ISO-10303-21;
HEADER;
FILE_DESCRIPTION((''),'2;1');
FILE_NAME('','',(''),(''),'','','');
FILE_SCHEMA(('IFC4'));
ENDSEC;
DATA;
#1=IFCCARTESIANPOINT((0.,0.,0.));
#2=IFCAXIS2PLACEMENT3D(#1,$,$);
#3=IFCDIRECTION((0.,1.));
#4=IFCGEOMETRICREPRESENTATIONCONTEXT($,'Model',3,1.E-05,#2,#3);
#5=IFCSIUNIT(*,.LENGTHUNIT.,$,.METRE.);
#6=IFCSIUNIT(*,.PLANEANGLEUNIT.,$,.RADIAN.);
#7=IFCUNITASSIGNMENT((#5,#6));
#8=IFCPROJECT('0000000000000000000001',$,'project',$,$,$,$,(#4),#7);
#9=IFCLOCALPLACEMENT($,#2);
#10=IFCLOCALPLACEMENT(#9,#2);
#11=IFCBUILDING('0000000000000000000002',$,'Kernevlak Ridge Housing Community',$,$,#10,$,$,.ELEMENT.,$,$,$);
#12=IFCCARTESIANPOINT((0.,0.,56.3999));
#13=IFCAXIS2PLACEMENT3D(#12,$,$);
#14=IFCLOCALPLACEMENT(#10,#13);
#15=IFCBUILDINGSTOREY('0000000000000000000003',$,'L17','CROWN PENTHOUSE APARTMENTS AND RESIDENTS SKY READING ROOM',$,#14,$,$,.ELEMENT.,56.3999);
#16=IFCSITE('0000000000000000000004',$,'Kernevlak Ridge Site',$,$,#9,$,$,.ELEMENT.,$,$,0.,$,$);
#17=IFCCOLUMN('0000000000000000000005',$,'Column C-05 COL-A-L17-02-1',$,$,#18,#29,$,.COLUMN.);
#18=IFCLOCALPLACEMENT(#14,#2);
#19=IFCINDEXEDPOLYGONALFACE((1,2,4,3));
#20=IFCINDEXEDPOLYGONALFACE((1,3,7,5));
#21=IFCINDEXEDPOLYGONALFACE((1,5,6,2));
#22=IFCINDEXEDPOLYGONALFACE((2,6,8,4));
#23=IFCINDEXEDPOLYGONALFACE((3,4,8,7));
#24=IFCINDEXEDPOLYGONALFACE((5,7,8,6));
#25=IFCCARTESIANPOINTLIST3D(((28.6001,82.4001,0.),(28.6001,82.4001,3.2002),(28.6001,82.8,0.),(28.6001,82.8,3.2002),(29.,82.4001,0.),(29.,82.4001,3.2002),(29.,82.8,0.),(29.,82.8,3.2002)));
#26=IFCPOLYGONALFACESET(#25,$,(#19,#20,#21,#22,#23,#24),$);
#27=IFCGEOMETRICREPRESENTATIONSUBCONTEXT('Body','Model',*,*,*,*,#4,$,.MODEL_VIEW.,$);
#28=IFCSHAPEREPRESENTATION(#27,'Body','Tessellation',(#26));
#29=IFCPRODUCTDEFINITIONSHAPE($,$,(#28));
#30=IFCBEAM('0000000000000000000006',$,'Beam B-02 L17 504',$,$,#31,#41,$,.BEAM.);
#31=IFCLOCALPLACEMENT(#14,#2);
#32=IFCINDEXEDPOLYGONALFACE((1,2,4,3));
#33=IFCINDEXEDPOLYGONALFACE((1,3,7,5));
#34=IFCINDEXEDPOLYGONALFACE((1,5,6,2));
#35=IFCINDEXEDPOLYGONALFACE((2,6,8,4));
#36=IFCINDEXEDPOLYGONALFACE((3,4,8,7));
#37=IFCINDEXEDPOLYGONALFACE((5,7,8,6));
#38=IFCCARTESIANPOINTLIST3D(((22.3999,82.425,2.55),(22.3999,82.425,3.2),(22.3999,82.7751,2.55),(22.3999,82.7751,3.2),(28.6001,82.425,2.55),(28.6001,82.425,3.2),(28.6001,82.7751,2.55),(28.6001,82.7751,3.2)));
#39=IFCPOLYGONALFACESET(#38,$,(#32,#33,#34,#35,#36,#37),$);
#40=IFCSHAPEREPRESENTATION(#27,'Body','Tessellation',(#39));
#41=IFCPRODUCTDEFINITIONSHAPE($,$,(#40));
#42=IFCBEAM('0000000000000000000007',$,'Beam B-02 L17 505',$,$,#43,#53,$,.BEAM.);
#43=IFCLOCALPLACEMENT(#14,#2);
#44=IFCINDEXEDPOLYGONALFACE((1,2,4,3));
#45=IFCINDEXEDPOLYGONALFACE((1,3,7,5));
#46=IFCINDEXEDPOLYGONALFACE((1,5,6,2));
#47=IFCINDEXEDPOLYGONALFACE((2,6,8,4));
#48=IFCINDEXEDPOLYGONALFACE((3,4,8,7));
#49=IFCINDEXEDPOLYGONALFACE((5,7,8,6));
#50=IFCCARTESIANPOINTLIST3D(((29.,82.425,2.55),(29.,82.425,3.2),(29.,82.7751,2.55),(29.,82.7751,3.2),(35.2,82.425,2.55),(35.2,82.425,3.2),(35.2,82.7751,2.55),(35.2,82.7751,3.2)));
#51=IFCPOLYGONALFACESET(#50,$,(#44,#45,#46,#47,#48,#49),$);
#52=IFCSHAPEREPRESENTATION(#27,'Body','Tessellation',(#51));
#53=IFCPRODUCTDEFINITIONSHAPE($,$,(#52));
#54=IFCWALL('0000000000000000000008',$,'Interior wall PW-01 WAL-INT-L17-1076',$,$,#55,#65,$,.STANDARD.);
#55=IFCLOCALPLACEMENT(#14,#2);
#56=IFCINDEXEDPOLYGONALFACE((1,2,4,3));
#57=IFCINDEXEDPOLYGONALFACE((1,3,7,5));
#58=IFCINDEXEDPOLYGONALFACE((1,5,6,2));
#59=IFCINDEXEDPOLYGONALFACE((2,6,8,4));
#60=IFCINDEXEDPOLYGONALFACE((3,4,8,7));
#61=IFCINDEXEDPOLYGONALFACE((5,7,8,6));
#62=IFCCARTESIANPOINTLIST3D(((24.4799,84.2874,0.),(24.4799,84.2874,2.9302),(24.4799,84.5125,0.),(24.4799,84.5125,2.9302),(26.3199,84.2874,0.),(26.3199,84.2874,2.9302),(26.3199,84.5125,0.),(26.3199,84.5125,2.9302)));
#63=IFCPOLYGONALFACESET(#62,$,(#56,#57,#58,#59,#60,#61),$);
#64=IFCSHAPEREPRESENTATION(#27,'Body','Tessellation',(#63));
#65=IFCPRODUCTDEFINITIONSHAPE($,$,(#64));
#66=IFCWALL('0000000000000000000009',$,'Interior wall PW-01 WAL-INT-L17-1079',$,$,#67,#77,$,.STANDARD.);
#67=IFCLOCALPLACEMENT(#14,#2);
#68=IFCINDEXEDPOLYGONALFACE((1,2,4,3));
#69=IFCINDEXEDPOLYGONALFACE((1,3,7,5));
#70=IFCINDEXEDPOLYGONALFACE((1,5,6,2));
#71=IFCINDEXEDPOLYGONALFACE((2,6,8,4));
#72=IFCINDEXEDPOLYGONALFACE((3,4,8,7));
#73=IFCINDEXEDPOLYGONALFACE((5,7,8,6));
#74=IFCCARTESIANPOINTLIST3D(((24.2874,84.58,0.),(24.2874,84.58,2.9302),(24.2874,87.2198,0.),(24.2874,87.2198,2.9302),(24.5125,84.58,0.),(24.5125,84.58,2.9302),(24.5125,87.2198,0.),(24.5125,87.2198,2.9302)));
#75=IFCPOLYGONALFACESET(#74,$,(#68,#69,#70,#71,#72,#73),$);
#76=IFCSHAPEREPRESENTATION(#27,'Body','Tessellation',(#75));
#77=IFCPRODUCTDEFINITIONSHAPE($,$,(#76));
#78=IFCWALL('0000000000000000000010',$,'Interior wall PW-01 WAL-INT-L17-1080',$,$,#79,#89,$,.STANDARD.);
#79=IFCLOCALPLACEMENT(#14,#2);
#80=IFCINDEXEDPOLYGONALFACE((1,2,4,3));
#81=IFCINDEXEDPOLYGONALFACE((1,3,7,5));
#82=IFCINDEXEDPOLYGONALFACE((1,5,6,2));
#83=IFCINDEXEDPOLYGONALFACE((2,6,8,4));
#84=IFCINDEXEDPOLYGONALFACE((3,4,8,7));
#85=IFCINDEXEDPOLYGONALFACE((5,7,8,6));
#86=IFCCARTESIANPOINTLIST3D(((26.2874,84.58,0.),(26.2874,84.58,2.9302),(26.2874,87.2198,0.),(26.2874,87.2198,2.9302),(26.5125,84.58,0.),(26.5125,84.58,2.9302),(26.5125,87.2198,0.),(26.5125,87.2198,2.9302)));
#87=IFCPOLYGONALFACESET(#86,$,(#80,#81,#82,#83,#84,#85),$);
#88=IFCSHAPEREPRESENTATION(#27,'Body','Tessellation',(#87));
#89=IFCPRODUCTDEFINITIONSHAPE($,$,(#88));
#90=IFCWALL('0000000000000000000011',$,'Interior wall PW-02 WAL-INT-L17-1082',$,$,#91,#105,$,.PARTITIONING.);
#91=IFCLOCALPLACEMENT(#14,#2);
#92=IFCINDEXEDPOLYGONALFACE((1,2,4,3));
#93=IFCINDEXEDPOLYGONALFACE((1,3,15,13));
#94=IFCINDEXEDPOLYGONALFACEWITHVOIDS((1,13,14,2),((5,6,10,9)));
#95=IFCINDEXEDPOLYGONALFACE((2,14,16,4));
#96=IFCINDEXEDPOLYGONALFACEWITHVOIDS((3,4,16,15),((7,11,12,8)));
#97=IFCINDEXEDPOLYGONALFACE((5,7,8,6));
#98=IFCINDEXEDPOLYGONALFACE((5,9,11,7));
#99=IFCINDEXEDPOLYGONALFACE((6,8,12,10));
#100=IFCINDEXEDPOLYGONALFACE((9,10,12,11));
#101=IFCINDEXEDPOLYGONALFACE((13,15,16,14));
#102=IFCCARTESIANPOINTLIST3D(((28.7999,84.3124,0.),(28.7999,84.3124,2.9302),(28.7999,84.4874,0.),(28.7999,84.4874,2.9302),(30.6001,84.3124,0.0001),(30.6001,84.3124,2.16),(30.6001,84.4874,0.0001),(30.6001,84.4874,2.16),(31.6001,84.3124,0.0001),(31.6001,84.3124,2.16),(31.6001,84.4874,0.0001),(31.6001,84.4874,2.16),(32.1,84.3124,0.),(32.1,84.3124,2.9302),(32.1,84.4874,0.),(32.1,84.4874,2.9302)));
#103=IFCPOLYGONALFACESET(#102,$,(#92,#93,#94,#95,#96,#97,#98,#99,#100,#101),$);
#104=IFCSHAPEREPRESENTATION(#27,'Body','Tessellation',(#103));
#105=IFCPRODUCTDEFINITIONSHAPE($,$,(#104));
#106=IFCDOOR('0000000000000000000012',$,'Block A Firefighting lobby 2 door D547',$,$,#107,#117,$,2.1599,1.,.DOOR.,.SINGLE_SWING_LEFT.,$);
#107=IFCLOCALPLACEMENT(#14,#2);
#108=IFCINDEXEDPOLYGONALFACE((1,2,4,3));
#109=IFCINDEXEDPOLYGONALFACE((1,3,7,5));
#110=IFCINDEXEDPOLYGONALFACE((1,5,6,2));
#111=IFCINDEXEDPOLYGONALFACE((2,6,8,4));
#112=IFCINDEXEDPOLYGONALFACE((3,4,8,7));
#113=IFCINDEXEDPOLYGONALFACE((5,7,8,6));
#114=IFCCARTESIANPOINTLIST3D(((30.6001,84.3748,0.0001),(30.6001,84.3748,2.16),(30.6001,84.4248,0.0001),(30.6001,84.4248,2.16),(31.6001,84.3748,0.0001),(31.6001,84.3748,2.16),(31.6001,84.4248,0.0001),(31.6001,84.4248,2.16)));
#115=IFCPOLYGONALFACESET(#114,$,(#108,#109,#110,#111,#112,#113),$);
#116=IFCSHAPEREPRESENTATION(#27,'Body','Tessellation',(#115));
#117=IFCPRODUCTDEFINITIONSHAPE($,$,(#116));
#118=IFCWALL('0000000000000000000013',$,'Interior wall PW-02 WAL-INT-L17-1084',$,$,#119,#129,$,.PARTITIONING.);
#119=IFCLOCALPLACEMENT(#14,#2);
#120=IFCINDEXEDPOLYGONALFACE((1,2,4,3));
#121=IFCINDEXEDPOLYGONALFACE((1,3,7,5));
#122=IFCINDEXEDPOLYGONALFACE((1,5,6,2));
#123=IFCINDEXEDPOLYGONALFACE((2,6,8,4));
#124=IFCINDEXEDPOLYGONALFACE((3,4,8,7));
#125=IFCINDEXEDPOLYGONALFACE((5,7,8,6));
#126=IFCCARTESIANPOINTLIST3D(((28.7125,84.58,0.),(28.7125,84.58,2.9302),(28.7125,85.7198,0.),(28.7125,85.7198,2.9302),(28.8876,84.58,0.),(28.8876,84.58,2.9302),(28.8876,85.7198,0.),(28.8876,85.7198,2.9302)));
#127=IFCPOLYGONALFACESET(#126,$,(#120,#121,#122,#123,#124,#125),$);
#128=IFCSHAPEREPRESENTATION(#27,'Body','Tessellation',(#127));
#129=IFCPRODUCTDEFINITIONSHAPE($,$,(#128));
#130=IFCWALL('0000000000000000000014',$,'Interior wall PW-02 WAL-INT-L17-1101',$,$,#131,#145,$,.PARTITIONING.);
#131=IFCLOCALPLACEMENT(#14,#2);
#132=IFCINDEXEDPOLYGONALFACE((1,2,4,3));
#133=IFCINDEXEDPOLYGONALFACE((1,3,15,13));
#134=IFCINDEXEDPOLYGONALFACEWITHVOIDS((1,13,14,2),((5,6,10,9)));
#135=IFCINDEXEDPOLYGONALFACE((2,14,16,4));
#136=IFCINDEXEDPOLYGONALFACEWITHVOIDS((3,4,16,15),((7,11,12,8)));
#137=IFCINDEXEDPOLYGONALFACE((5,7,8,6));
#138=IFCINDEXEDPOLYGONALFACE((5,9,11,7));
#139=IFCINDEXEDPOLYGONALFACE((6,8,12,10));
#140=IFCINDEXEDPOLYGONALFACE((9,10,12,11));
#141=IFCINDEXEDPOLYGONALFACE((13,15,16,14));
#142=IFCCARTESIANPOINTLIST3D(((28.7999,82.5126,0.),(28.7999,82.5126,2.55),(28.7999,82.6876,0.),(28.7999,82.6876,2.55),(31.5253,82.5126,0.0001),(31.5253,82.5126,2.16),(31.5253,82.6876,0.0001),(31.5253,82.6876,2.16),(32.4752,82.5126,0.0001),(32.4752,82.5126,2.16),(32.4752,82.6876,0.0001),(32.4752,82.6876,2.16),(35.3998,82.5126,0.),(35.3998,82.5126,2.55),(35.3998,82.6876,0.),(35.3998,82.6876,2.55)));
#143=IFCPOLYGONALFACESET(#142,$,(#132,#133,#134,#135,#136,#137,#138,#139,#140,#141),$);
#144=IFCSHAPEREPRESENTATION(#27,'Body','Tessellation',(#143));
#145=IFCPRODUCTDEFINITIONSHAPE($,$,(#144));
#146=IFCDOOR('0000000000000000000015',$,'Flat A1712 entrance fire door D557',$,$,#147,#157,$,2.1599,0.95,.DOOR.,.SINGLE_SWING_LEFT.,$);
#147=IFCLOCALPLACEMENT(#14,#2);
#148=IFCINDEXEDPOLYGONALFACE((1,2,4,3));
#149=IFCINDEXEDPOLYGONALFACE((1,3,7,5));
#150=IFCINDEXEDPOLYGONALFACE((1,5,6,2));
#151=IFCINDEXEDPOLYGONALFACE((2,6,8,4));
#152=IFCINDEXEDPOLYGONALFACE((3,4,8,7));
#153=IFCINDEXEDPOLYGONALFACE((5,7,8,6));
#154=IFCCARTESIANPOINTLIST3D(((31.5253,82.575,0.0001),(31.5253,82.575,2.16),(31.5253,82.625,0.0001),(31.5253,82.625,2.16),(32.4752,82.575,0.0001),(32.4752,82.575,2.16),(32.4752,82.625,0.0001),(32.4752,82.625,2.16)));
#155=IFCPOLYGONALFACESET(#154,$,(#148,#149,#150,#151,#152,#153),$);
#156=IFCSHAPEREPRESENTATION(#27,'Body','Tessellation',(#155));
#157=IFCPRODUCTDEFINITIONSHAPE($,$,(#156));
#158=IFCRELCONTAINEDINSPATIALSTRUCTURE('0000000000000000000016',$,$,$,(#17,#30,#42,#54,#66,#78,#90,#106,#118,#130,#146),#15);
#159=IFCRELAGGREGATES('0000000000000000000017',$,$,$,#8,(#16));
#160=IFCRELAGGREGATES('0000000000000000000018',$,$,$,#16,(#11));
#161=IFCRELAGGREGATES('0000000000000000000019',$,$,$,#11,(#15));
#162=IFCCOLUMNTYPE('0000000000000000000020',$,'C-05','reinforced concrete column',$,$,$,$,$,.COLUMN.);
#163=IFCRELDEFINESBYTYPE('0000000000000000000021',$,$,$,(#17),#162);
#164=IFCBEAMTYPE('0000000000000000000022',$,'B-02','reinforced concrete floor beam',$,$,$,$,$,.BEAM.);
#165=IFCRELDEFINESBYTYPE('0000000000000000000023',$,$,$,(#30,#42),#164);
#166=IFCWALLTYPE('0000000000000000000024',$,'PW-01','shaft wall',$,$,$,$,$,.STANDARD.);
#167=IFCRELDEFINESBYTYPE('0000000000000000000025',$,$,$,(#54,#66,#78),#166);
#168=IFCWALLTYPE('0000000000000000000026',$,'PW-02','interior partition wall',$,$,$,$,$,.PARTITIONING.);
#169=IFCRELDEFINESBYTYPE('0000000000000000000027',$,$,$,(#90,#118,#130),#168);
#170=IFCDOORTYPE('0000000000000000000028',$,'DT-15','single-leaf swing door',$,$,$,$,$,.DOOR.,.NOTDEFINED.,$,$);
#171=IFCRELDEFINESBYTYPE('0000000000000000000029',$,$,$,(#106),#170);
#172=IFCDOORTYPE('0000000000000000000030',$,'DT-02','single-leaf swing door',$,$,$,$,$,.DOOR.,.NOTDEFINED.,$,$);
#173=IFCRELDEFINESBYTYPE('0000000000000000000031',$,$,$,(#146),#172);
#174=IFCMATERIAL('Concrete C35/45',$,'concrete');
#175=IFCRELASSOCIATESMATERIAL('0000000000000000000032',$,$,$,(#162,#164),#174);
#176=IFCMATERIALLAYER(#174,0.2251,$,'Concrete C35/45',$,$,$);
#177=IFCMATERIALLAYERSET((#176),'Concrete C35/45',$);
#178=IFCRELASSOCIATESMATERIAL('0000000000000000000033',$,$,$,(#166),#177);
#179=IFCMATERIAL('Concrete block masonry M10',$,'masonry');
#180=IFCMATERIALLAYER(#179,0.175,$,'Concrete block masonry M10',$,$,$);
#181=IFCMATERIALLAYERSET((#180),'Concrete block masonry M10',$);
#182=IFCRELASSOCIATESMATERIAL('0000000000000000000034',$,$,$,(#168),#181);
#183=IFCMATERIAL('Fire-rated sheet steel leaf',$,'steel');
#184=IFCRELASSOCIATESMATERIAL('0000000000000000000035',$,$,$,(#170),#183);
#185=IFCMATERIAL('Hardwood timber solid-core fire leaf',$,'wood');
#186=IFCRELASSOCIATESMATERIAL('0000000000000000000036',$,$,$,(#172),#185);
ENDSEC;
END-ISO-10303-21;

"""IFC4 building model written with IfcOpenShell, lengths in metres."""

from ifc_helpers import new_model, si_unit, direction, frame, frame_2d, origin, origin_2d, place, context, subcontext, project, spatial, rectangle, extrude, material, layer, layer_set, material_profile, profile_set, type_object, element, fill, save


model = new_model("IFC4")

# Units and contexts
model_context = context("Model", 3, precision=1e-05, world=origin(), true_north=direction((0.0, 1.0)))
body_context = subcontext(model_context, "Body", "Model", "MODEL_VIEW")
ifc_project = project(units=[si_unit("LENGTHUNIT", "METRE"), si_unit("PLANEANGLEUNIT", "RADIAN")], contexts=[model_context])

# Site, building, storey
site_placement = place(None, origin())
site = spatial("IfcSite", under=ifc_project, at=site_placement, Name="Kernevlak Ridge Site", CompositionType="ELEMENT", RefElevation=0.0)
building_placement = place(site_placement, origin())
building = spatial("IfcBuilding", under=site, at=building_placement, Name="Kernevlak Ridge Housing Community", CompositionType="ELEMENT")
storey_placement = place(building_placement, frame((0.0, 0.0, 56.3999)))
storey = spatial("IfcBuildingStorey", under=building, at=storey_placement, Name="L17", Description="CROWN PENTHOUSE APARTMENTS AND RESIDENTS SKY READING ROOM", CompositionType="ELEMENT", Elevation=56.3999)

# Column
ifc_material_1 = material(Name="Concrete C35/45", Category="concrete")
ifc_material_profile_1 = material_profile(ifc_material_1, rectangle(XDim=0.3999, YDim=0.3999, at=origin_2d()), Name="RC 400x400")
ifc_profile_set_1 = profile_set([ifc_material_profile_1], Name="Concrete C35/45")
column_type = type_object("IfcColumnType", Name="C-05", Description="reinforced concrete column", PredefinedType="COLUMN", material=ifc_profile_set_1)
column_placement = place(storey_placement, frame((28.8, 82.6001, 0.0), z_axis=(0.0, 0.0, 1.0), x_axis=(1.0, 0.0, 0.0)))
element("IfcColumn", 1, at=column_placement, inside=storey, type_object=column_type, Name="Column C-05 COL-A-L17-02-1", PredefinedType="COLUMN", context=body_context, shape_type="SweptSolid", body=[
    extrude(rectangle(XDim=0.3999, YDim=0.3999, at=origin_2d()), origin(), (0.0, 0.0, 1.0), 3.2002),
])

# Beams
ifc_material_profile_2 = material_profile(ifc_material_1, rectangle(XDim=0.3501, YDim=0.6499, at=origin_2d()), Name="RC 350x650")
ifc_profile_set_2 = profile_set([ifc_material_profile_2], Name="Concrete C35/45")
beam_type = type_object("IfcBeamType", Name="B-02", Description="reinforced concrete floor beam", PredefinedType="BEAM", material=ifc_profile_set_2)
beam_1_placement = place(storey_placement, frame((22.3999, 82.6001, 2.875), z_axis=(1.0, 0.0, 0.0), x_axis=(0.0, 1.0, 0.0)))
element("IfcBeam", 2, at=beam_1_placement, inside=storey, type_object=beam_type, Name="Beam B-02 L17 504", PredefinedType="BEAM", context=body_context, shape_type="SweptSolid", body=[
    extrude(rectangle(XDim=0.3501, YDim=0.6499, at=origin_2d()), origin(), (0.0, 0.0, 1.0), 6.2002),
])
beam_2_placement = place(storey_placement, frame((29.0, 82.6001, 2.875), z_axis=(1.0, 0.0, 0.0), x_axis=(0.0, 1.0, 0.0)))
element("IfcBeam", 3, at=beam_2_placement, inside=storey, type_object=beam_type, Name="Beam B-02 L17 505", PredefinedType="BEAM", context=body_context, shape_type="SweptSolid", body=[
    extrude(rectangle(XDim=0.3501, YDim=0.6499, at=origin_2d()), origin(), (0.0, 0.0, 1.0), 6.2),
])

# Walls
ifc_layer_1 = layer(ifc_material_1, 0.2251, Name="Concrete C35/45")
ifc_layer_set_1 = layer_set([ifc_layer_1], Name="Concrete C35/45")
wall_type_1 = type_object("IfcWallType", Name="PW-01", Description="shaft wall", PredefinedType="STANDARD", material=ifc_layer_set_1)
wall_1_placement = place(storey_placement, frame((24.48, 84.3999, 0.0), z_axis=(0.0, 0.0, 1.0), x_axis=(1.0, 0.0, 0.0)))
element("IfcWall", 4, at=wall_1_placement, inside=storey, type_object=wall_type_1, Name="Interior wall PW-01 WAL-INT-L17-1076", PredefinedType="STANDARD", context=body_context, shape_type="SweptSolid", body=[
    extrude(rectangle(XDim=1.8401, YDim=0.2251, at=frame_2d((0.9199, 0.0))), origin(), (0.0, 0.0, 1.0), 2.9302),
])
for number, where, z_axis, x_axis, name in (
    (5, (24.3999, 84.5801, 0.0), (0.0, 0.0, 1.0), (0.0, 1.0, 0.0), "Interior wall PW-01 WAL-INT-L17-1079"),
    (6, (26.3999, 84.5801, 0.0), (0.0, 0.0, 1.0), (0.0, 1.0, 0.0), "Interior wall PW-01 WAL-INT-L17-1080"),
):
    element("IfcWall", number, at=place(storey_placement, frame(where, z_axis=z_axis, x_axis=x_axis)), inside=storey, type_object=wall_type_1, Name=name, PredefinedType="STANDARD", context=body_context, shape_type="SweptSolid", body=[
        extrude(rectangle(XDim=2.6399, YDim=0.2251, at=frame_2d((1.3198, 0.0))), origin(), (0.0, 0.0, 1.0), 2.9302),
    ])

# Wall, opening, door
ifc_material_2 = material(Name="Concrete block masonry M10", Category="masonry")
ifc_layer_2 = layer(ifc_material_2, 0.175, Name="Concrete block masonry M10")
ifc_layer_set_2 = layer_set([ifc_layer_2], Name="Concrete block masonry M10")
wall_type_2 = type_object("IfcWallType", Name="PW-02", Description="interior partition wall", PredefinedType="PARTITIONING", material=ifc_layer_set_2)
wall_2_placement = place(storey_placement, frame((28.8, 84.3999, 0.0), z_axis=(0.0, 0.0, 1.0), x_axis=(1.0, 0.0, 0.0)))
wall_2 = element("IfcWall", 7, at=wall_2_placement, inside=storey, type_object=wall_type_2, Name="Interior wall PW-02 WAL-INT-L17-1082", PredefinedType="PARTITIONING", context=body_context, shape_type="SweptSolid", body=[
    extrude(rectangle(XDim=3.3, YDim=0.175, at=frame_2d((1.6499, 0.0))), origin(), (0.0, 0.0, 1.0), 2.9302),
])
opening_1_placement = place(wall_2_placement, frame((1.8, 0.0, 0.0)))
opening_1 = element("IfcOpeningElement", 8, at=opening_1_placement, cuts=wall_2, PredefinedType="OPENING", context=body_context, shape_type="SweptSolid", body=[
    extrude(rectangle(XDim=1.0, YDim=2.1599, at=frame_2d((0.5, 1.0801))), frame((0.0, 0.0974, 0.0), z_axis=(0.0, -1.0, 0.0), x_axis=(1.0, 0.0, 0.0)), (0.0, 0.0, 1.0), 0.1951),
])
ifc_material_3 = material(Name="Fire-rated sheet steel leaf", Category="steel")
door_type_1 = type_object("IfcDoorType", Name="DT-15", Description="single-leaf swing door", OperationType="NOTDEFINED", PredefinedType="DOOR", material=ifc_material_3)
door_1_placement = place(opening_1_placement, origin())
door_1 = element("IfcDoor", 9, at=door_1_placement, inside=storey, type_object=door_type_1, Name="Block A Firefighting lobby 2 door D547", OperationType="SINGLE_SWING_LEFT", OverallHeight=2.1599, OverallWidth=1.0, PredefinedType="DOOR", context=body_context, shape_type="SweptSolid", body=[
    extrude(rectangle(XDim=1.0, YDim=2.1599, at=frame_2d((0.5, 1.0801))), frame((0.0, 0.0249, 0.0), z_axis=(0.0, -1.0, 0.0), x_axis=(1.0, 0.0, 0.0)), (0.0, 0.0, 1.0), 0.05),
])
fill(opening_1, door_1)

# Wall
wall_3_placement = place(storey_placement, frame((28.8, 84.5801, 0.0), z_axis=(0.0, 0.0, 1.0), x_axis=(0.0, 1.0, 0.0)))
element("IfcWall", 10, at=wall_3_placement, inside=storey, type_object=wall_type_2, Name="Interior wall PW-02 WAL-INT-L17-1084", PredefinedType="PARTITIONING", context=body_context, shape_type="SweptSolid", body=[
    extrude(rectangle(XDim=1.1399, YDim=0.175, at=frame_2d((0.5698, 0.0))), origin(), (0.0, 0.0, 1.0), 2.9302),
])

# Wall, opening, door
wall_4_placement = place(storey_placement, frame((28.8, 82.6001, 0.0), z_axis=(0.0, 0.0, 1.0), x_axis=(1.0, 0.0, 0.0)))
wall_4 = element("IfcWall", 11, at=wall_4_placement, inside=storey, type_object=wall_type_2, Name="Interior wall PW-02 WAL-INT-L17-1101", PredefinedType="PARTITIONING", context=body_context, shape_type="SweptSolid", body=[
    extrude(rectangle(XDim=6.5999, YDim=0.175, at=frame_2d((3.2998, 0.0))), origin(), (0.0, 0.0, 1.0), 2.55),
])
opening_2_placement = place(wall_4_placement, frame((2.7251, 0.0, 0.0)))
opening_2 = element("IfcOpeningElement", 12, at=opening_2_placement, cuts=wall_4, PredefinedType="OPENING", context=body_context, shape_type="SweptSolid", body=[
    extrude(rectangle(XDim=0.95, YDim=2.1599, at=frame_2d((0.4751, 1.0801))), frame((0.0, 0.0974, 0.0), z_axis=(0.0, -1.0, 0.0), x_axis=(1.0, 0.0, 0.0)), (0.0, 0.0, 1.0), 0.1951),
])
ifc_material_4 = material(Name="Hardwood timber solid-core fire leaf", Category="wood")
door_type_2 = type_object("IfcDoorType", Name="DT-02", Description="single-leaf swing door", OperationType="NOTDEFINED", PredefinedType="DOOR", material=ifc_material_4)
door_2_placement = place(opening_2_placement, origin())
door_2 = element("IfcDoor", 13, at=door_2_placement, inside=storey, type_object=door_type_2, Name="Flat A1712 entrance fire door D557", OperationType="SINGLE_SWING_LEFT", OverallHeight=2.1599, OverallWidth=0.95, PredefinedType="DOOR", context=body_context, shape_type="SweptSolid", body=[
    extrude(rectangle(XDim=0.95, YDim=2.1599, at=frame_2d((0.4751, 1.0801))), frame((0.0, 0.0249, 0.0), z_axis=(0.0, -1.0, 0.0), x_axis=(1.0, 0.0, 0.0)), (0.0, 0.0, 1.0), 0.05),
])
fill(opening_2, door_2)

save(model, "model.ifc")
